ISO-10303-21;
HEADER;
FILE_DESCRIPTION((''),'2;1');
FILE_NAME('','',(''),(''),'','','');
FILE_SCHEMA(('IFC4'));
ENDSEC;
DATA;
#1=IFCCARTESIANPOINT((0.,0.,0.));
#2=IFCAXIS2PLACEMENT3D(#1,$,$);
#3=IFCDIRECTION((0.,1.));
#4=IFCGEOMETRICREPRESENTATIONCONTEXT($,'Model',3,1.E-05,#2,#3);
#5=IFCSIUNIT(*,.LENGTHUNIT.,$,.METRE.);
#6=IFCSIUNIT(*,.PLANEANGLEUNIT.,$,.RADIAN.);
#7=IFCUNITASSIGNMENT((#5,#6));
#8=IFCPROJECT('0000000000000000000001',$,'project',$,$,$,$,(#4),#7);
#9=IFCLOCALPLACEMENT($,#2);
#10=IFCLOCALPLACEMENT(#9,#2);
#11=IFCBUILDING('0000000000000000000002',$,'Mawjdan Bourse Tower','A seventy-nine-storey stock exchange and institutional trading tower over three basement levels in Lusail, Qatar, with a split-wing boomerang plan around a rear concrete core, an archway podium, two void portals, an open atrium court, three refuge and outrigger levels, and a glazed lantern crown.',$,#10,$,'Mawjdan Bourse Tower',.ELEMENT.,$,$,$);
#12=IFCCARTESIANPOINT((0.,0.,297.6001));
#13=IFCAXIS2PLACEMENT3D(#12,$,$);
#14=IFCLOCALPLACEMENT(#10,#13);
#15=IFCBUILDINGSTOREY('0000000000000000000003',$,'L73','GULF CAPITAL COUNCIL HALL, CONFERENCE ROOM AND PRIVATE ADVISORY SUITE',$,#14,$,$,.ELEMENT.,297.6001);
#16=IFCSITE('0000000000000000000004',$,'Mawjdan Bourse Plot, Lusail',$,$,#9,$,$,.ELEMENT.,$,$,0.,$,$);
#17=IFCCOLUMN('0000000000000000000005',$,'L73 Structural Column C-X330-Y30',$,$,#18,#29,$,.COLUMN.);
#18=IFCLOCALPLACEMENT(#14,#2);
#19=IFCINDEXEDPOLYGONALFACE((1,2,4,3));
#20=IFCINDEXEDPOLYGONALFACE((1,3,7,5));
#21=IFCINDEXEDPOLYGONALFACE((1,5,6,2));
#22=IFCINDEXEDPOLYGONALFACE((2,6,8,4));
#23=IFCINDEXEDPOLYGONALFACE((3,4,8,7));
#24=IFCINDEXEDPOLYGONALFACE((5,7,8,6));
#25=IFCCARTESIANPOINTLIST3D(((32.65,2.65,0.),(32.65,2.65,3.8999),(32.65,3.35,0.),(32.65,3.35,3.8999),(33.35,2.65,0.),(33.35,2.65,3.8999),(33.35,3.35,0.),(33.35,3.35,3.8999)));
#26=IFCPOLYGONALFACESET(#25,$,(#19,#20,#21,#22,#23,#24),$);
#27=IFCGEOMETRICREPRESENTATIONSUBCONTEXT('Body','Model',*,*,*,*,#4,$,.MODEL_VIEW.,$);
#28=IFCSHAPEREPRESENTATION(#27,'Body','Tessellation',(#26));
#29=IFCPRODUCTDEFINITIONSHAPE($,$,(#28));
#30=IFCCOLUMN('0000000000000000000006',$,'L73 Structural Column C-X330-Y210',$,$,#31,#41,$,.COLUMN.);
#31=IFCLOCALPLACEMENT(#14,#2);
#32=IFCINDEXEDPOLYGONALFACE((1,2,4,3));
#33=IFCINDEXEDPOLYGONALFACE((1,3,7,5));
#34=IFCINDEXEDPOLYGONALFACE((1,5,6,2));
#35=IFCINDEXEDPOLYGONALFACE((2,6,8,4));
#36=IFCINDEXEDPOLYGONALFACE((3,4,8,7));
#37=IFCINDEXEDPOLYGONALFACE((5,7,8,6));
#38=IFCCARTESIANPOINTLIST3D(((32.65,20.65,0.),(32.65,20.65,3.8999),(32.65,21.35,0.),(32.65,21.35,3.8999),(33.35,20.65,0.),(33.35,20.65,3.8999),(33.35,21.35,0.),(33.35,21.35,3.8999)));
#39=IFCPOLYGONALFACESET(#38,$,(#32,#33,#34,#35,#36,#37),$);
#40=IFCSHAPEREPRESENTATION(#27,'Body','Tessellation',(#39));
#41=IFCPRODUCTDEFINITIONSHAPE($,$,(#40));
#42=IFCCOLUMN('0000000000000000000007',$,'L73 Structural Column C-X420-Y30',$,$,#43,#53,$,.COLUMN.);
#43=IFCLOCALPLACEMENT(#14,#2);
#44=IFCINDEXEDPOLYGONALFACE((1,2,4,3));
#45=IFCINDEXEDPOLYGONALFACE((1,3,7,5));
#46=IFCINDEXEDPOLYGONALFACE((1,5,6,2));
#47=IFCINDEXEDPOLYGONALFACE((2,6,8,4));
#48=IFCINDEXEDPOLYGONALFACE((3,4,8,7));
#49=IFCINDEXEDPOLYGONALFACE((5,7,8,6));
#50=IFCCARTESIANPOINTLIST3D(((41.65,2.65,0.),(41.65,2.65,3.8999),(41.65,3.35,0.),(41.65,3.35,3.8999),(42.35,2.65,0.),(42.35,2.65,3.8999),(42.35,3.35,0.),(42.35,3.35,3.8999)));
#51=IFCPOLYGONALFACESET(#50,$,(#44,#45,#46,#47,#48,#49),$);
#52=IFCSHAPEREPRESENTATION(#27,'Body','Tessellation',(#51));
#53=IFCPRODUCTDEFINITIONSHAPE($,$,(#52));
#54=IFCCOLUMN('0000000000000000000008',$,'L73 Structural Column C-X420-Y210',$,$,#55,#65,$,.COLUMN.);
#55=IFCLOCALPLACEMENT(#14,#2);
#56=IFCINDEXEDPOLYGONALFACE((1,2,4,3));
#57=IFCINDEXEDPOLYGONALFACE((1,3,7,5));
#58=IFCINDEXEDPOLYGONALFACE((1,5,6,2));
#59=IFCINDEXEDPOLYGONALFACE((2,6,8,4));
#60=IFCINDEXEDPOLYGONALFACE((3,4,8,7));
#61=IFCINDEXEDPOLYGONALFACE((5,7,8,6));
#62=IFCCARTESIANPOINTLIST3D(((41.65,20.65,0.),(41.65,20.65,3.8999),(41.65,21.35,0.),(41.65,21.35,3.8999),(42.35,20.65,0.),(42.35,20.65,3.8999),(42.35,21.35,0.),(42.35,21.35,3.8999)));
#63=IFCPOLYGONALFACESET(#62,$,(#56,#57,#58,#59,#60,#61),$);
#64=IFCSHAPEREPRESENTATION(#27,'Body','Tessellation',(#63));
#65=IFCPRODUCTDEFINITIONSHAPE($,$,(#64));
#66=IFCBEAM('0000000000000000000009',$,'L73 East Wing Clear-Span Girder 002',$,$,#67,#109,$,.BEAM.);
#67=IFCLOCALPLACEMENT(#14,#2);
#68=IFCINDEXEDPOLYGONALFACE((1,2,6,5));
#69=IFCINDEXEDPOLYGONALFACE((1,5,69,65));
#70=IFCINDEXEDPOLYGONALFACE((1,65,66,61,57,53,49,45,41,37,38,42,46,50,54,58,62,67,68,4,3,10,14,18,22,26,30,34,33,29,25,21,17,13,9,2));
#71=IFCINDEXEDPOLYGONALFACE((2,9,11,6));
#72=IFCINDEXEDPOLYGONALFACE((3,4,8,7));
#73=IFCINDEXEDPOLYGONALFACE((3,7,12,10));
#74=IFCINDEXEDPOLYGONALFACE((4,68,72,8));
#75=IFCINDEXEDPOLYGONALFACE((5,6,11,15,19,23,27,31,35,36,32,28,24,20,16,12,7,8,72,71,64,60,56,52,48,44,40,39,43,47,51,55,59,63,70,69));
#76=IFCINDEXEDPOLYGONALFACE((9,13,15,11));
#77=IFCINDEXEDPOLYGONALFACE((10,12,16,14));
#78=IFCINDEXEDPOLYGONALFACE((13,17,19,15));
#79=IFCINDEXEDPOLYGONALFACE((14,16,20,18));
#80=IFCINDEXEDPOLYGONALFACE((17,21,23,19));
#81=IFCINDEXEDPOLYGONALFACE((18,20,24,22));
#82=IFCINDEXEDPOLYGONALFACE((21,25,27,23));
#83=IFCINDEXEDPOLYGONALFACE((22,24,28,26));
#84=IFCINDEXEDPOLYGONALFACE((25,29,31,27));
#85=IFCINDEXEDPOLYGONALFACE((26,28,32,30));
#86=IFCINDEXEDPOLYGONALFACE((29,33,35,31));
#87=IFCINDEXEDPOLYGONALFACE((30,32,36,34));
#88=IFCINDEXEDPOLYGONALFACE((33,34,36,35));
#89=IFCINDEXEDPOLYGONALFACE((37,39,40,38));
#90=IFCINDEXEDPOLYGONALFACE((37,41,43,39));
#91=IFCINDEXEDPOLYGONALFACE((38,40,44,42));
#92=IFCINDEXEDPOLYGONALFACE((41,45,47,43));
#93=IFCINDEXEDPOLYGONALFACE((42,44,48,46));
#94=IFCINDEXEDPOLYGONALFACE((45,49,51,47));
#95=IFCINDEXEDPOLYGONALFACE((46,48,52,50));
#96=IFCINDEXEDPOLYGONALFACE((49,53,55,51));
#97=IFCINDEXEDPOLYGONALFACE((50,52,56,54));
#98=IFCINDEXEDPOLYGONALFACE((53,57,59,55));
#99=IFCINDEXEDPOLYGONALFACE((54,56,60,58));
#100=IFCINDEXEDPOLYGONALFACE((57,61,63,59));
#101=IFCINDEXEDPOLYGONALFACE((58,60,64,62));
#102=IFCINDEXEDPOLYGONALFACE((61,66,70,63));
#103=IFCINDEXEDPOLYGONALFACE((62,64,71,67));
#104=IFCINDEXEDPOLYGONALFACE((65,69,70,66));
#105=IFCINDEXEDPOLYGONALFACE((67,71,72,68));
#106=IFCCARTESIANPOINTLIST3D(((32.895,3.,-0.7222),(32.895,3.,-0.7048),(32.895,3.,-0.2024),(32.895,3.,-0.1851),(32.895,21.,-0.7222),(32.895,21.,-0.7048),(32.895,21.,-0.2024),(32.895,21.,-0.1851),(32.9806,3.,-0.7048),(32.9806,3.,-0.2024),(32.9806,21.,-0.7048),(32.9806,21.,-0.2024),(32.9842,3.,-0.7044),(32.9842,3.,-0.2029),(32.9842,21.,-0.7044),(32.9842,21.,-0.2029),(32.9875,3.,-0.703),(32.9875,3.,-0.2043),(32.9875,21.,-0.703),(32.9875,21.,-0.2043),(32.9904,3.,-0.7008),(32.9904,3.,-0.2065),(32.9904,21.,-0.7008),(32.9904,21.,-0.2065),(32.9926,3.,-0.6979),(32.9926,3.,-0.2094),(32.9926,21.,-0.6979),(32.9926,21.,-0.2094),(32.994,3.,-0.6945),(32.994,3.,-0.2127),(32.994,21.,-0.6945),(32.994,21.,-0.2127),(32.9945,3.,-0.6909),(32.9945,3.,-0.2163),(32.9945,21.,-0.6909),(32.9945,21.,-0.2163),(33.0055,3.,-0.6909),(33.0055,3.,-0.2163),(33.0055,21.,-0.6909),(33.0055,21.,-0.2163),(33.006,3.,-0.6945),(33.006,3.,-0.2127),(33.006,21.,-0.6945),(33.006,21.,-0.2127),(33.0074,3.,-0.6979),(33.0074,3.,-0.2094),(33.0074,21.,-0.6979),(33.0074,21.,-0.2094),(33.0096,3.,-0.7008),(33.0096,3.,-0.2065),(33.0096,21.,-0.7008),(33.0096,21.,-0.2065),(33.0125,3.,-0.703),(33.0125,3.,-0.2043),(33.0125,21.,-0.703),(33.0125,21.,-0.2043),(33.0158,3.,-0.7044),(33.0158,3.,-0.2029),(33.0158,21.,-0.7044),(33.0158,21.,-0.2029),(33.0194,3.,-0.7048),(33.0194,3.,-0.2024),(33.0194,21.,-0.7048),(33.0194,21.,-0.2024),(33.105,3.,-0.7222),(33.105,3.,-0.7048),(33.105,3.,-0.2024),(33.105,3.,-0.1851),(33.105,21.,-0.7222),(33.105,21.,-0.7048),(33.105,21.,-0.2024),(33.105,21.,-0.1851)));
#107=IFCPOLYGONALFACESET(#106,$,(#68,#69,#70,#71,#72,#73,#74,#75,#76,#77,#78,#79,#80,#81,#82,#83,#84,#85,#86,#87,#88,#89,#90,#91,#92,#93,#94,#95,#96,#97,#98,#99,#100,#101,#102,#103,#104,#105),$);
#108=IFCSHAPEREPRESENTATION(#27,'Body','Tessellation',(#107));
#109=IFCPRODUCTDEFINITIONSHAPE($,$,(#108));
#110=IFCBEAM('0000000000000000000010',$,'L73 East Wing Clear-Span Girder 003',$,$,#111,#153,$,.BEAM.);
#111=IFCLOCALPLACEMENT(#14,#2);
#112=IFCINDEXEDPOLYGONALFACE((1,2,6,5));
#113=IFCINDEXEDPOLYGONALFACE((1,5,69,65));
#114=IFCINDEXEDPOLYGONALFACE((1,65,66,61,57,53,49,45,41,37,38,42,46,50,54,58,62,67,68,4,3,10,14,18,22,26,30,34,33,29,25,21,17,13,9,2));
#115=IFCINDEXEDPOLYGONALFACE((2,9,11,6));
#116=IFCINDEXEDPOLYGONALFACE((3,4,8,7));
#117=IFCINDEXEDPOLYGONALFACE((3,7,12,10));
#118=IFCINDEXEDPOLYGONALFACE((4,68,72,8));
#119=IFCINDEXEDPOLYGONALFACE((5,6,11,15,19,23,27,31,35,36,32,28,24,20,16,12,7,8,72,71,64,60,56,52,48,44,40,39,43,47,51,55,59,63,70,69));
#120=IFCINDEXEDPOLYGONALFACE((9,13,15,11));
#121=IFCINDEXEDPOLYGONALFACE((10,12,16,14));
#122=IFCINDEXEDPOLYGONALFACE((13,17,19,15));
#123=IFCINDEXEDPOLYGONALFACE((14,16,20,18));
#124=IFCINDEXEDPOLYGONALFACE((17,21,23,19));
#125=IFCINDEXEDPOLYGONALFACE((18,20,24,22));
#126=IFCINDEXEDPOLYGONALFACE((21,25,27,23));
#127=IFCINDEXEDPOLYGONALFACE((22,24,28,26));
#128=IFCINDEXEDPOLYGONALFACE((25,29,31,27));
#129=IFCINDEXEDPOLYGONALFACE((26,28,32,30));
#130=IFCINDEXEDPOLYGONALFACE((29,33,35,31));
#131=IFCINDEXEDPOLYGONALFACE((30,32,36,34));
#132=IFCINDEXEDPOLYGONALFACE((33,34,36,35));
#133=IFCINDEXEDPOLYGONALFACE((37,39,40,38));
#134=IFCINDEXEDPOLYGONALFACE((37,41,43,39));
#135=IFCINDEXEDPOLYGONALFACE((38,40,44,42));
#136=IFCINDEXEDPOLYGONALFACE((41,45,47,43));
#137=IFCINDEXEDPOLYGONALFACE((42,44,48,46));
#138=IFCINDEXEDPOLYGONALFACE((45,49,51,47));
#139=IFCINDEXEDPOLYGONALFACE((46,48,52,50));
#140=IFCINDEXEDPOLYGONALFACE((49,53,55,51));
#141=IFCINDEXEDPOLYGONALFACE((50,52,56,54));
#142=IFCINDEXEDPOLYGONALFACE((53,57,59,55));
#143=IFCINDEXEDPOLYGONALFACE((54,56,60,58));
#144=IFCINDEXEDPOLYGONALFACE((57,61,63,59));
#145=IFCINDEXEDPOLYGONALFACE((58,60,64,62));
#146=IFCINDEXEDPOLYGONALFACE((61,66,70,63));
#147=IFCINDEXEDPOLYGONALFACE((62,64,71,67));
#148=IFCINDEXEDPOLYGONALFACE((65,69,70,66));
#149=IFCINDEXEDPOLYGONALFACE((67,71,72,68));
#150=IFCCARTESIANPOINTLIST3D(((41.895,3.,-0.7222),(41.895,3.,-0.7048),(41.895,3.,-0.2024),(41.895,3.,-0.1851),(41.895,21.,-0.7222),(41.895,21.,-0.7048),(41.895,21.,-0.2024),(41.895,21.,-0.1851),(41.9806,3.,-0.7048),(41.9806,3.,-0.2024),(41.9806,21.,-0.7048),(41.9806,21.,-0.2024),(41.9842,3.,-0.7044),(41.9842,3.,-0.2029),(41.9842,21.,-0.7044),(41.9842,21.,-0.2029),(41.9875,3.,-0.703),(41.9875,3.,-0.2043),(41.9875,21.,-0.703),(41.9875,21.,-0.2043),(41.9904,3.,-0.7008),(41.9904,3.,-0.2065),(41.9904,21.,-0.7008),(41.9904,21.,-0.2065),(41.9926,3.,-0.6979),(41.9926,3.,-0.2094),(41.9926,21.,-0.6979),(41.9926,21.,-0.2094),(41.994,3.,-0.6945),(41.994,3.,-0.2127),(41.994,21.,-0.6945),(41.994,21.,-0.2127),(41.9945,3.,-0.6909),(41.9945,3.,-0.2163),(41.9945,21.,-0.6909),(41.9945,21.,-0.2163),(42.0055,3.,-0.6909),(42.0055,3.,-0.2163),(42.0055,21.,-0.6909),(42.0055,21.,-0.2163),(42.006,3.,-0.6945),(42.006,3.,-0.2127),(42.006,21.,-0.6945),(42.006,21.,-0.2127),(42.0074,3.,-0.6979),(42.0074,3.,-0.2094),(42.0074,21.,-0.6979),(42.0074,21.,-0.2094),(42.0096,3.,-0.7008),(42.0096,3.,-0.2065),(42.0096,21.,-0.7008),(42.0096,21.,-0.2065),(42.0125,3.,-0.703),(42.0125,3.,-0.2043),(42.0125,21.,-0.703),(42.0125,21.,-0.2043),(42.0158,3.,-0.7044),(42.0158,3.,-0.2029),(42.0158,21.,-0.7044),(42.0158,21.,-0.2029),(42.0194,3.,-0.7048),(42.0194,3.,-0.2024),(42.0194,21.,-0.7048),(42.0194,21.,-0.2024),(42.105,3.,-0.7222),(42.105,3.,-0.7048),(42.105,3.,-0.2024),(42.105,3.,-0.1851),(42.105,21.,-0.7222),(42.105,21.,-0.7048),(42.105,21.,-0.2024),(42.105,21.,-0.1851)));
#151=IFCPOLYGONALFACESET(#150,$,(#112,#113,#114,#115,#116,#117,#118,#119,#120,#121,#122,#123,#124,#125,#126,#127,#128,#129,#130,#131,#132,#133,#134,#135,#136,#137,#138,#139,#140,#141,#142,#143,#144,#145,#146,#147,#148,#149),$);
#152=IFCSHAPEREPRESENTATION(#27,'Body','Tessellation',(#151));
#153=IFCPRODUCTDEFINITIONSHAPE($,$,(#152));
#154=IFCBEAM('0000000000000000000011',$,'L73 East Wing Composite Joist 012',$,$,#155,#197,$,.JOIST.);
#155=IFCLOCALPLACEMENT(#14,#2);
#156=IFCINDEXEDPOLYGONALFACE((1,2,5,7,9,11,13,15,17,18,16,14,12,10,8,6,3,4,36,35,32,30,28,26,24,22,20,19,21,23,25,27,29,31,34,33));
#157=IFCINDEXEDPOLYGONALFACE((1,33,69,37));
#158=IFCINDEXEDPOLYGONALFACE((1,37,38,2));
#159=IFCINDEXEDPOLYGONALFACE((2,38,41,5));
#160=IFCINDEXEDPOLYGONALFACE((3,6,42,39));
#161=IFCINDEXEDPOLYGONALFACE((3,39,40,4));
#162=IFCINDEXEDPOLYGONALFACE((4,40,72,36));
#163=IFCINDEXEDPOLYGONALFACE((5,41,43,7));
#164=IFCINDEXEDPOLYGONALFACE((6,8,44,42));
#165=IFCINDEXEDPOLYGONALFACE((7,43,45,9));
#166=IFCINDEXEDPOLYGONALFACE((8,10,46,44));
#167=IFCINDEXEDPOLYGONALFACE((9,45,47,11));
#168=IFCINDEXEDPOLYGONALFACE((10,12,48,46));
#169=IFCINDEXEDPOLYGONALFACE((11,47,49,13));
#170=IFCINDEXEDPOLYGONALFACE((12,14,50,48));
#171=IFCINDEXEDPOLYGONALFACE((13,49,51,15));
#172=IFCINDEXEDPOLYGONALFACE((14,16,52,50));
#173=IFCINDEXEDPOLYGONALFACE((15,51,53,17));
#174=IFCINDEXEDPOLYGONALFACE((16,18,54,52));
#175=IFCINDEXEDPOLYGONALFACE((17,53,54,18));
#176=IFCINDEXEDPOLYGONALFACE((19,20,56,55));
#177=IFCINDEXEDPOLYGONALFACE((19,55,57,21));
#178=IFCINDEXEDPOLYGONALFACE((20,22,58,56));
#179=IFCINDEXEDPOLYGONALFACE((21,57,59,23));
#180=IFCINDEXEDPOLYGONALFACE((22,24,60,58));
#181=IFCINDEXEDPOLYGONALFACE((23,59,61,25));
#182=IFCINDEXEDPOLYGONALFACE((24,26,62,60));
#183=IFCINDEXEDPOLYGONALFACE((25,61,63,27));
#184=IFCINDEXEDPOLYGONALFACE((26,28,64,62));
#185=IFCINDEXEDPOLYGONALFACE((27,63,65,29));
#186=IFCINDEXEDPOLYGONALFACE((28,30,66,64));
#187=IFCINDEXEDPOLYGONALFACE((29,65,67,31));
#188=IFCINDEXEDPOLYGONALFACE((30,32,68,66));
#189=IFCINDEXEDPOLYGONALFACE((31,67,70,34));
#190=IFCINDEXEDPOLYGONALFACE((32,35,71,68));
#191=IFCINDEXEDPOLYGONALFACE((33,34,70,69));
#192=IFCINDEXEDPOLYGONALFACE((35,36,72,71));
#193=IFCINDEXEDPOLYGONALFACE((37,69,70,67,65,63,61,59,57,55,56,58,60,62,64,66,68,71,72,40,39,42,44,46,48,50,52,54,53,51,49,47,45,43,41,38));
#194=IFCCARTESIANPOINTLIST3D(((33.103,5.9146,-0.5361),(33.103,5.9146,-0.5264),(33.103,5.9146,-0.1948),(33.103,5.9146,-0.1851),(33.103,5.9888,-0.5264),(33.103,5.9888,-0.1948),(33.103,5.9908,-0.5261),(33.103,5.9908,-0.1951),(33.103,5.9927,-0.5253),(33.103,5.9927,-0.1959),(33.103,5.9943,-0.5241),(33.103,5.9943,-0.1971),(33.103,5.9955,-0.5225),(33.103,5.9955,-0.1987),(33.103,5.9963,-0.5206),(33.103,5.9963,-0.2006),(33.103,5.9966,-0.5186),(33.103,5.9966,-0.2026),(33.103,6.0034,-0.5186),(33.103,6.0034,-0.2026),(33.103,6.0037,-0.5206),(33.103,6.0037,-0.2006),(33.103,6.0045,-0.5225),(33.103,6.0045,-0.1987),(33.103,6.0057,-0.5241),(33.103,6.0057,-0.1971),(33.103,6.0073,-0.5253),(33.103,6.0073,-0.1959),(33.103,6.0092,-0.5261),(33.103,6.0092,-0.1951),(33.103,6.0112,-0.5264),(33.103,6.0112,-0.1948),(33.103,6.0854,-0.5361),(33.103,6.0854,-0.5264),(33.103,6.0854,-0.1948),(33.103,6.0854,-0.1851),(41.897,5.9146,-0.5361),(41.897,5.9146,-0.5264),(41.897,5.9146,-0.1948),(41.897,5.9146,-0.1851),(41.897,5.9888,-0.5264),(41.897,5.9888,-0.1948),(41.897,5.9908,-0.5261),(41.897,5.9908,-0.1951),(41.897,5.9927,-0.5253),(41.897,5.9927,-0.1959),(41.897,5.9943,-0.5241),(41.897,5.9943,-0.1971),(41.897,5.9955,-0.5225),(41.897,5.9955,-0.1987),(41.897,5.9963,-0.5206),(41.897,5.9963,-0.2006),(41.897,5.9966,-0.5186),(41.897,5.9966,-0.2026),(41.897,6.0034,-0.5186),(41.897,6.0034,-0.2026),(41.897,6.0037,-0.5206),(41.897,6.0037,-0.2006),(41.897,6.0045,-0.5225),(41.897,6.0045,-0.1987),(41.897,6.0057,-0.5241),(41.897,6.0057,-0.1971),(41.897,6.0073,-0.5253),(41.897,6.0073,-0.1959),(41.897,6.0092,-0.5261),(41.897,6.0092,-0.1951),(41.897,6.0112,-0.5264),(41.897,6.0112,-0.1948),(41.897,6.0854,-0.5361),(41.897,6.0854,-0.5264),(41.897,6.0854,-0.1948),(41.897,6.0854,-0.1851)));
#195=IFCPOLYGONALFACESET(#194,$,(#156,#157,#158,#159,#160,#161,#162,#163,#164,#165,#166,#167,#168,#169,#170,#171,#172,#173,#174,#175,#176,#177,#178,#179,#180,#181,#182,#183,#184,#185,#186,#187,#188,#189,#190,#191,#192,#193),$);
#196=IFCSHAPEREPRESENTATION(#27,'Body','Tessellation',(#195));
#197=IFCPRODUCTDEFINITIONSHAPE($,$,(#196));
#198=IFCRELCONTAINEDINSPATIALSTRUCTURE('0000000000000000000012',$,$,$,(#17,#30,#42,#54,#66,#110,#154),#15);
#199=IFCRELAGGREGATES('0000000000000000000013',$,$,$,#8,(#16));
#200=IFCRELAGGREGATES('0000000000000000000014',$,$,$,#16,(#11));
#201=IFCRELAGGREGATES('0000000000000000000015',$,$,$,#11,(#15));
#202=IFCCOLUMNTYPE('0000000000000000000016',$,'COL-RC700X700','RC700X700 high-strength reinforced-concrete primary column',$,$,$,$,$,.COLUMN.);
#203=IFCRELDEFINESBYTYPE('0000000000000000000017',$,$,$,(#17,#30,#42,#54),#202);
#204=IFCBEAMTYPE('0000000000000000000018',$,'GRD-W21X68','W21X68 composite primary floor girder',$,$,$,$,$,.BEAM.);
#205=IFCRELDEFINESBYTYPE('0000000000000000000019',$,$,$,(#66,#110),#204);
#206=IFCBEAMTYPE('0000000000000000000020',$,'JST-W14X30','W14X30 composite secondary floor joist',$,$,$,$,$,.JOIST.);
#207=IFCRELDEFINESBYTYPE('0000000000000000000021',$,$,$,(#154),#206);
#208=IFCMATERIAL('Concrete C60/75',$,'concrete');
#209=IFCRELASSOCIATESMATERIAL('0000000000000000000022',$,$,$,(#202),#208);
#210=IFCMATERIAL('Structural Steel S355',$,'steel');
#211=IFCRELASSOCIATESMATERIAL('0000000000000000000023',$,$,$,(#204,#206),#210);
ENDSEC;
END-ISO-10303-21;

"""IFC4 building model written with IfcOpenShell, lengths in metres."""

from ifc_helpers import new_model, si_unit, direction, frame, origin, origin_2d, place, context, subcontext, project, spatial, rectangle, i_section, extrude, material, material_profile, profile_set, type_object, element, save


model = new_model("IFC4")

# Units and contexts
model_context = context("Model", 3, precision=1e-05, world=origin(), true_north=direction((0.0, 1.0)))
body_context = subcontext(model_context, "Body", "Model", "MODEL_VIEW")
ifc_project = project(units=[si_unit("LENGTHUNIT", "METRE"), si_unit("PLANEANGLEUNIT", "RADIAN")], contexts=[model_context])

# Site, building, storey
site_placement = place(None, origin())
site = spatial("IfcSite", under=ifc_project, at=site_placement, Name="Mawjdan Bourse Plot, Lusail", CompositionType="ELEMENT", RefElevation=0.0)
building_placement = place(site_placement, origin())
building = spatial("IfcBuilding", under=site, at=building_placement, Name="Mawjdan Bourse Tower", Description="A seventy-nine-storey stock exchange and institutional trading tower over three basement levels in Lusail, Qatar, with a split-wing boomerang plan around a rear concrete core, an archway podium, two void portals, an open atrium court, three refuge and outrigger levels, and a glazed lantern crown.", LongName="Mawjdan Bourse Tower", CompositionType="ELEMENT")
storey_placement = place(building_placement, frame((0.0, 0.0, 297.6001)))
storey = spatial("IfcBuildingStorey", under=building, at=storey_placement, Name="L73", Description="GULF CAPITAL COUNCIL HALL, CONFERENCE ROOM AND PRIVATE ADVISORY SUITE", CompositionType="ELEMENT", Elevation=297.6001)

# Columns
ifc_material_1 = material(Name="Concrete C60/75", Category="concrete")
ifc_material_profile_1 = material_profile(ifc_material_1, rectangle(XDim=0.7, YDim=0.7, at=origin_2d()), Name="RC700X700")
ifc_profile_set_1 = profile_set([ifc_material_profile_1], Name="Concrete C60/75")
column_type = type_object("IfcColumnType", Name="COL-RC700X700", Description="RC700X700 high-strength reinforced-concrete primary column", PredefinedType="COLUMN", material=ifc_profile_set_1)
for number, where, z_axis, x_axis, name in (
    (1, (33.0, 3.0, 0.0), (0.0, 0.0, 1.0), (1.0, 0.0, 0.0), "L73 Structural Column C-X330-Y30"),
    (2, (33.0, 21.0, 0.0), (0.0, 0.0, 1.0), (1.0, 0.0, 0.0), "L73 Structural Column C-X330-Y210"),
    (3, (42.0, 3.0, 0.0), (0.0, 0.0, 1.0), (1.0, 0.0, 0.0), "L73 Structural Column C-X420-Y30"),
    (4, (42.0, 21.0, 0.0), (0.0, 0.0, 1.0), (1.0, 0.0, 0.0), "L73 Structural Column C-X420-Y210"),
):
    element("IfcColumn", number, at=place(storey_placement, frame(where, z_axis=z_axis, x_axis=x_axis)), inside=storey, type_object=column_type, Name=name, PredefinedType="COLUMN", context=body_context, shape_type="SweptSolid", body=[
        extrude(rectangle(XDim=0.7, YDim=0.7, at=origin_2d()), origin(), (0.0, 0.0, 1.0), 3.8999),
    ])

# Beams
ifc_material_2 = material(Name="Structural Steel S355", Category="steel")
ifc_material_profile_2 = material_profile(ifc_material_2, i_section(OverallWidth=0.21, OverallDepth=0.5371, WebThickness=0.011, FlangeThickness=0.0173, FilletRadius=0.0139, at=origin_2d()), Name="W21X68")
ifc_profile_set_2 = profile_set([ifc_material_profile_2], Name="Structural Steel S355")
beam_type_1 = type_object("IfcBeamType", Name="GRD-W21X68", Description="W21X68 composite primary floor girder", PredefinedType="BEAM", material=ifc_profile_set_2)
for number, where, z_axis, x_axis, name in (
    (5, (33.0, 3.0, -0.4536), (0.0, 1.0, 0.0), (-1.0, 0.0, 0.0), "L73 East Wing Clear-Span Girder 002"),
    (6, (42.0, 3.0, -0.4536), (0.0, 1.0, 0.0), (-1.0, 0.0, 0.0), "L73 East Wing Clear-Span Girder 003"),
):
    element("IfcBeam", number, at=place(storey_placement, frame(where, z_axis=z_axis, x_axis=x_axis)), inside=storey, type_object=beam_type_1, Name=name, PredefinedType="BEAM", context=body_context, shape_type="SweptSolid", body=[
        extrude(i_section(OverallWidth=0.21, OverallDepth=0.5371, WebThickness=0.011, FlangeThickness=0.0173, FilletRadius=0.0139, at=origin_2d()), origin(), (0.0, 0.0, 1.0), 18.0),
    ])
ifc_material_profile_3 = material_profile(ifc_material_2, i_section(OverallWidth=0.1709, OverallDepth=0.3511, WebThickness=0.0068, FlangeThickness=0.0098, FilletRadius=0.0078, at=origin_2d()), Name="W14X30")
ifc_profile_set_3 = profile_set([ifc_material_profile_3], Name="Structural Steel S355")
beam_type_2 = type_object("IfcBeamType", Name="JST-W14X30", Description="W14X30 composite secondary floor joist", PredefinedType="JOIST", material=ifc_profile_set_3)
for number, where, z_axis, x_axis, name in (
    (7, (33.103, 6.0, -0.3606), (1.0, 0.0, 0.0), (0.0, 1.0, 0.0), "L73 East Wing Composite Joist 012"),
):
    element("IfcBeam", number, at=place(storey_placement, frame(where, z_axis=z_axis, x_axis=x_axis)), inside=storey, type_object=beam_type_2, Name=name, PredefinedType="JOIST", context=body_context, shape_type="SweptSolid", body=[
        extrude(i_section(OverallWidth=0.1709, OverallDepth=0.3511, WebThickness=0.0068, FlangeThickness=0.0098, FilletRadius=0.0078, at=origin_2d()), origin(), (0.0, 0.0, 1.0), 8.7939),
    ])

save(model, "model.ifc")
